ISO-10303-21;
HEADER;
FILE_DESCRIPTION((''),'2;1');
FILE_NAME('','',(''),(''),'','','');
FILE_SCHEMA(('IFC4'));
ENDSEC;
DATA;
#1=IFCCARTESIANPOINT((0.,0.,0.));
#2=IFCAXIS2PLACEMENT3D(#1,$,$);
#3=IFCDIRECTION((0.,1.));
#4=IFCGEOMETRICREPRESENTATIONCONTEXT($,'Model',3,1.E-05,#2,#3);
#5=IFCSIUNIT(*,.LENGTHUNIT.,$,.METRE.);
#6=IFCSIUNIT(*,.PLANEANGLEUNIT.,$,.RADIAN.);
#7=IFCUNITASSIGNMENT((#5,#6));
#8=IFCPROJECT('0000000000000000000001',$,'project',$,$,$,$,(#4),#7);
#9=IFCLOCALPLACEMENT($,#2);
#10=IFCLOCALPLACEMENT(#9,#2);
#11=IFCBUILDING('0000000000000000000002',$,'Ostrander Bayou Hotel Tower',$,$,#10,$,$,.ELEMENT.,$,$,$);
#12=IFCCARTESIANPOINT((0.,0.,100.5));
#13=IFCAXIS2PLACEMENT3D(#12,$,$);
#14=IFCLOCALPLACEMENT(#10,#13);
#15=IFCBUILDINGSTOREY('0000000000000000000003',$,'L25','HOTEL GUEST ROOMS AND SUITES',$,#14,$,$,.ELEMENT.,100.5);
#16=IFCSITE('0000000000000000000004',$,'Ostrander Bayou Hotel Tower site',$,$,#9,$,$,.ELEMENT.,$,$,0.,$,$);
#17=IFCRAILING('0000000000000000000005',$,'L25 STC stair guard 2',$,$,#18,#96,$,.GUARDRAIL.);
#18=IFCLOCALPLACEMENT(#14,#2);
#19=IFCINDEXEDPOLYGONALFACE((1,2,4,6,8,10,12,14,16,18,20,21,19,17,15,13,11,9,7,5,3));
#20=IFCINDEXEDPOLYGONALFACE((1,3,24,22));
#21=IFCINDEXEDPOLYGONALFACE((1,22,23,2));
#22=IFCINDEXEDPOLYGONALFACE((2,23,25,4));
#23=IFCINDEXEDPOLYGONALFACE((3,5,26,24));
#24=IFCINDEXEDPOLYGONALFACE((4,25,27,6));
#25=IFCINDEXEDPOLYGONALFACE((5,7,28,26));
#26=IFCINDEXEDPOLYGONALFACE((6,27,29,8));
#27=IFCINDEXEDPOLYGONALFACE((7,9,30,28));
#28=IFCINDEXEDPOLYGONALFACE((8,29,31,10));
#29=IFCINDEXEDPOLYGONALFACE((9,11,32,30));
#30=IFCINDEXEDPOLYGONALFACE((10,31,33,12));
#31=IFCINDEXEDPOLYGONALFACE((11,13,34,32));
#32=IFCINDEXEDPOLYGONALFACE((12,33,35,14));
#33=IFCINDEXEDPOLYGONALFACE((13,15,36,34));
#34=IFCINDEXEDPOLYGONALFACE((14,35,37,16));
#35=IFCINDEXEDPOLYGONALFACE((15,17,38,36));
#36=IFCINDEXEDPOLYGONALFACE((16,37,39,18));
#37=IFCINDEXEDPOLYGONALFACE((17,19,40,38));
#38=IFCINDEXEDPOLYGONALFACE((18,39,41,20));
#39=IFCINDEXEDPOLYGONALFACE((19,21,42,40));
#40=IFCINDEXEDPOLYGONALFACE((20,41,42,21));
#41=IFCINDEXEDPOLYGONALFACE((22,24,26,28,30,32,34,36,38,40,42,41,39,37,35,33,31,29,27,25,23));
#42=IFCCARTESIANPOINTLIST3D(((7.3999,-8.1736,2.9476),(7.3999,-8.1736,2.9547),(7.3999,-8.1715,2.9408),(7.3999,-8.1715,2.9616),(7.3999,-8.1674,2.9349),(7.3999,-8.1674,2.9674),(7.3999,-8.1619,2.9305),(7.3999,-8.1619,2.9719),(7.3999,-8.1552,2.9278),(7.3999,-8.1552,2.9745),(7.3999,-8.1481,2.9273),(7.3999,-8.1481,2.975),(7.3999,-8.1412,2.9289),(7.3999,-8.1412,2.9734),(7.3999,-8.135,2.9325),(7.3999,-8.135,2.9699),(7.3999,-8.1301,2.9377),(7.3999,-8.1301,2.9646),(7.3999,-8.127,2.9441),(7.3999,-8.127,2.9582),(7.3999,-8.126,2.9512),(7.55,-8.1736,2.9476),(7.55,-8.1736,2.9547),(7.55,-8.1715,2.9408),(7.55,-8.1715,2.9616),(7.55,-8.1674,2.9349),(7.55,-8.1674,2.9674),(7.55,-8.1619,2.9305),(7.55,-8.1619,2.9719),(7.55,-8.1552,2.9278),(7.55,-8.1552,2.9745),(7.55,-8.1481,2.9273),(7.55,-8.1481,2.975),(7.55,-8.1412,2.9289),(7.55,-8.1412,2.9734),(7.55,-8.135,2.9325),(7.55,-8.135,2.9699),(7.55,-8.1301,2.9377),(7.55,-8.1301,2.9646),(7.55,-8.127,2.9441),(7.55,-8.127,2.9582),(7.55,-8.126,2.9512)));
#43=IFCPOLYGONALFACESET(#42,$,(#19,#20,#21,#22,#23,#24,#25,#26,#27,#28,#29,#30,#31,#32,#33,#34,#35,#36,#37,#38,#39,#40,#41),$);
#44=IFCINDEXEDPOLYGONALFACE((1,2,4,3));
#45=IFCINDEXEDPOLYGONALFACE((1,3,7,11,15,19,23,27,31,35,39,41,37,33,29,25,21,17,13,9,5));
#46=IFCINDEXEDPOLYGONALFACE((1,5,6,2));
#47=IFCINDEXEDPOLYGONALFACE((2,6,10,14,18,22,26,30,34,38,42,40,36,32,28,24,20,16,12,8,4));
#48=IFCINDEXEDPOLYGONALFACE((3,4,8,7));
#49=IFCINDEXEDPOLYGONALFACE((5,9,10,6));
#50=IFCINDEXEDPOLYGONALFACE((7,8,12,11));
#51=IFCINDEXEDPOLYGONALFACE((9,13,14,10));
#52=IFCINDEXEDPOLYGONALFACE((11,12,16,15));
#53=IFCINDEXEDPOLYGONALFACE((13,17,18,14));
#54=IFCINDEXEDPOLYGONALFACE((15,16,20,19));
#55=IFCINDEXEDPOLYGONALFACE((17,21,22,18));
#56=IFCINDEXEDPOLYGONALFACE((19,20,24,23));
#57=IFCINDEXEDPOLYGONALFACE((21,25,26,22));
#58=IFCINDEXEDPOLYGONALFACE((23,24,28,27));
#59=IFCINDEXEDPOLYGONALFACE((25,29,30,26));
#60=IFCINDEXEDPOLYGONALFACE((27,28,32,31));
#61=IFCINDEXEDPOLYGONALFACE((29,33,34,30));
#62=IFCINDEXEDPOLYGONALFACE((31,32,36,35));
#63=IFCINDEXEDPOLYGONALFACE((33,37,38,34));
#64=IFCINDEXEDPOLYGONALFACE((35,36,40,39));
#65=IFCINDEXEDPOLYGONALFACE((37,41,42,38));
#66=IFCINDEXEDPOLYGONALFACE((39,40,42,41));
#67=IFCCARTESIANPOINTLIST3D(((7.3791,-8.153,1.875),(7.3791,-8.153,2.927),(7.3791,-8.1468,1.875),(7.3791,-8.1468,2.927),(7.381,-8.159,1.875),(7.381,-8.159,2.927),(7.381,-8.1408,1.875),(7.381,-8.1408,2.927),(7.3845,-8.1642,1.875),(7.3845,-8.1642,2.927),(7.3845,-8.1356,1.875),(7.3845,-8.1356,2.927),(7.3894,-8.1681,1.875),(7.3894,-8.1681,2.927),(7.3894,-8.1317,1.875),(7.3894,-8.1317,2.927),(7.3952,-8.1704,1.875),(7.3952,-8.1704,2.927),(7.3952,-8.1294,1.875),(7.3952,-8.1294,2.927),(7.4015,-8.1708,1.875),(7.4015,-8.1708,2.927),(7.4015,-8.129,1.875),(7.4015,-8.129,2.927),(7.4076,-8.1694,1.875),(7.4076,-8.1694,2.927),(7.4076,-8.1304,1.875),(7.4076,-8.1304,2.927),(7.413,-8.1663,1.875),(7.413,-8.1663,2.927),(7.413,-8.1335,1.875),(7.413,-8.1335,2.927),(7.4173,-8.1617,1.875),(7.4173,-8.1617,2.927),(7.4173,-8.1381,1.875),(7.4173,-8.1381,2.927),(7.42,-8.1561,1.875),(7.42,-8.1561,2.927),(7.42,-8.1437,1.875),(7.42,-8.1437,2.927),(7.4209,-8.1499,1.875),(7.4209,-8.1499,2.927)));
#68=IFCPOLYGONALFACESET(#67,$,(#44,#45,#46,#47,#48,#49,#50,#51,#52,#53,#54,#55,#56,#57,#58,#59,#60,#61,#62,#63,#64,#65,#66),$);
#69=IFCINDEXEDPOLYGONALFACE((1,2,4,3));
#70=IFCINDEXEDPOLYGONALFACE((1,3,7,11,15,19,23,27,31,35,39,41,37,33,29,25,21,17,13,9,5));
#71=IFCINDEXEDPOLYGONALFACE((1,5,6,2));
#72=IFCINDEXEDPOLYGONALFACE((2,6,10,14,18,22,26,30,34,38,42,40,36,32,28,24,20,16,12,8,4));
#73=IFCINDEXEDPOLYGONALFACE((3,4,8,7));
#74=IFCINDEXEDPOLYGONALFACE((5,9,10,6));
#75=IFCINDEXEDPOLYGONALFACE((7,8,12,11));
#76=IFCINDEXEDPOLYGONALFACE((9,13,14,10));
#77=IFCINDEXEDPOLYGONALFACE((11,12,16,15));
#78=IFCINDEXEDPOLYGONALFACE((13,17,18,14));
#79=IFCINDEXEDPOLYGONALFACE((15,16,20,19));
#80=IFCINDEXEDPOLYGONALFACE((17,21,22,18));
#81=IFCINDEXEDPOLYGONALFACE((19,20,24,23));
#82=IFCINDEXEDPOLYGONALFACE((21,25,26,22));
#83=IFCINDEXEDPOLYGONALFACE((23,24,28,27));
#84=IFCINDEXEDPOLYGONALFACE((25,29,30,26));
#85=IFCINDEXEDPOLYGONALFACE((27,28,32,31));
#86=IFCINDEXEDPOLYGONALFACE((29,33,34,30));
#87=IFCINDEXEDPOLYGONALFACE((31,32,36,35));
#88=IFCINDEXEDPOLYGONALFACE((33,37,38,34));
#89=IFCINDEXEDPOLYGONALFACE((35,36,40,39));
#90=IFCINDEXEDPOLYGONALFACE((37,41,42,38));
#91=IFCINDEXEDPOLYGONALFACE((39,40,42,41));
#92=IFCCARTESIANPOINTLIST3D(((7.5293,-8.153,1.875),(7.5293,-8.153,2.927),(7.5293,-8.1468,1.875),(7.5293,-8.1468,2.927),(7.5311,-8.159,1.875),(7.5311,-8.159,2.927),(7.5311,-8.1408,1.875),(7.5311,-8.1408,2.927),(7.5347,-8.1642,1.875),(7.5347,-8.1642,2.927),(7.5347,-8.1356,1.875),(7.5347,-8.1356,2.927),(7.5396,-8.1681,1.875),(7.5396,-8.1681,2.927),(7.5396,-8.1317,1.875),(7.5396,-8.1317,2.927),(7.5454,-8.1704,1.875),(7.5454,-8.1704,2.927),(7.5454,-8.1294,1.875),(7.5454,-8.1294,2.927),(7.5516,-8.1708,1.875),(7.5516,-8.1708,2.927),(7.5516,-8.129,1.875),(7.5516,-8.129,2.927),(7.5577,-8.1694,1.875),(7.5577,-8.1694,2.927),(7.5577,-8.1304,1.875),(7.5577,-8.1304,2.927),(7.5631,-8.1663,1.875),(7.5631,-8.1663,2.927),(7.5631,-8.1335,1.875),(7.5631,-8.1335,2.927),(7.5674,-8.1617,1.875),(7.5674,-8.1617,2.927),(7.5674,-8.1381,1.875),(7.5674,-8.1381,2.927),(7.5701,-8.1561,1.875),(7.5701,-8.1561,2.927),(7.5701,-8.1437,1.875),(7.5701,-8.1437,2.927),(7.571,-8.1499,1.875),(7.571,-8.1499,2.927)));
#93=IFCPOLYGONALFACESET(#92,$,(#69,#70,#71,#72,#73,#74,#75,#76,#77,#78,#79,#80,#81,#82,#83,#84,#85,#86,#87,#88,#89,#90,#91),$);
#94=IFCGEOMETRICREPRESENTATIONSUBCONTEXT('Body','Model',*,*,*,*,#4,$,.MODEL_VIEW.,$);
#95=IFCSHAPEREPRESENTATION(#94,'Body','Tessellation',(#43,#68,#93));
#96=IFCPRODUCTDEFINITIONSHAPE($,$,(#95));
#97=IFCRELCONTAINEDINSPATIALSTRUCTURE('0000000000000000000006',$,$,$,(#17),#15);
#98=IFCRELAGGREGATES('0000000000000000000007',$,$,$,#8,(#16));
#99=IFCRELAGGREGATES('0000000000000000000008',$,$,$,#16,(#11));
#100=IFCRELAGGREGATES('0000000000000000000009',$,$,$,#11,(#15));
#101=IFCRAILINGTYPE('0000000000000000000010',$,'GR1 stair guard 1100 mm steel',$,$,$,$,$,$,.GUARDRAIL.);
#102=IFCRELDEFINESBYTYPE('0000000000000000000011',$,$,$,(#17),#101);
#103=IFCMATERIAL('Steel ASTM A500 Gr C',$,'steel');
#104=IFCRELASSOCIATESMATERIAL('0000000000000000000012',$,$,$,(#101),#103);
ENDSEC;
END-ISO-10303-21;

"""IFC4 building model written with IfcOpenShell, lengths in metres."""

from ifc_helpers import new_model, si_unit, direction, frame, origin, origin_2d, place, context, subcontext, project, spatial, circle, extrude, material, type_object, element, save


model = new_model("IFC4")

# Units and contexts
model_context = context("Model", 3, precision=1e-05, world=origin(), true_north=direction((0.0, 1.0)))
body_context = subcontext(model_context, "Body", "Model", "MODEL_VIEW")
ifc_project = project(units=[si_unit("LENGTHUNIT", "METRE"), si_unit("PLANEANGLEUNIT", "RADIAN")], contexts=[model_context])

# Site, building, storey
site_placement = place(None, origin())
site = spatial("IfcSite", under=ifc_project, at=site_placement, Name="Ostrander Bayou Hotel Tower site", CompositionType="ELEMENT", RefElevation=0.0)
building_placement = place(site_placement, origin())
building = spatial("IfcBuilding", under=site, at=building_placement, Name="Ostrander Bayou Hotel Tower", CompositionType="ELEMENT")
storey_placement = place(building_placement, frame((0.0, 0.0, 100.5)))
storey = spatial("IfcBuildingStorey", under=building, at=storey_placement, Name="L25", Description="HOTEL GUEST ROOMS AND SUITES", CompositionType="ELEMENT", Elevation=100.5)

# Railing
ifc_material_1 = material(Name="Steel ASTM A500 Gr C", Category="steel")
railing_type_1 = type_object("IfcRailingType", Name="GR1 stair guard 1100 mm steel", PredefinedType="GUARDRAIL", material=ifc_material_1)
railing_1_placement = place(storey_placement, frame((7.3999, -8.1499, 1.875)))
element("IfcRailing", 1, at=railing_1_placement, inside=storey, type_object=railing_type_1, Name="L25 STC stair guard 2", PredefinedType="GUARDRAIL", context=body_context, shape_type="SweptSolid", body=[
    extrude(circle(Radius=0.0239, at=origin_2d()), frame((0.0, 0.0, 1.0762), z_axis=(1.0, 0.0, 0.0), x_axis=(0.0, 1.0, 0.0)), (0.0, 0.0, 1.0), 0.1501),
    extrude(circle(Radius=0.021, at=origin_2d()), origin(), (0.0, 0.0, 1.0), 1.052),
    extrude(circle(Radius=0.021, at=origin_2d()), frame((0.1501, 0.0, 0.0)), (0.0, 0.0, 1.0), 1.052),
])

save(model, "model.ifc")
